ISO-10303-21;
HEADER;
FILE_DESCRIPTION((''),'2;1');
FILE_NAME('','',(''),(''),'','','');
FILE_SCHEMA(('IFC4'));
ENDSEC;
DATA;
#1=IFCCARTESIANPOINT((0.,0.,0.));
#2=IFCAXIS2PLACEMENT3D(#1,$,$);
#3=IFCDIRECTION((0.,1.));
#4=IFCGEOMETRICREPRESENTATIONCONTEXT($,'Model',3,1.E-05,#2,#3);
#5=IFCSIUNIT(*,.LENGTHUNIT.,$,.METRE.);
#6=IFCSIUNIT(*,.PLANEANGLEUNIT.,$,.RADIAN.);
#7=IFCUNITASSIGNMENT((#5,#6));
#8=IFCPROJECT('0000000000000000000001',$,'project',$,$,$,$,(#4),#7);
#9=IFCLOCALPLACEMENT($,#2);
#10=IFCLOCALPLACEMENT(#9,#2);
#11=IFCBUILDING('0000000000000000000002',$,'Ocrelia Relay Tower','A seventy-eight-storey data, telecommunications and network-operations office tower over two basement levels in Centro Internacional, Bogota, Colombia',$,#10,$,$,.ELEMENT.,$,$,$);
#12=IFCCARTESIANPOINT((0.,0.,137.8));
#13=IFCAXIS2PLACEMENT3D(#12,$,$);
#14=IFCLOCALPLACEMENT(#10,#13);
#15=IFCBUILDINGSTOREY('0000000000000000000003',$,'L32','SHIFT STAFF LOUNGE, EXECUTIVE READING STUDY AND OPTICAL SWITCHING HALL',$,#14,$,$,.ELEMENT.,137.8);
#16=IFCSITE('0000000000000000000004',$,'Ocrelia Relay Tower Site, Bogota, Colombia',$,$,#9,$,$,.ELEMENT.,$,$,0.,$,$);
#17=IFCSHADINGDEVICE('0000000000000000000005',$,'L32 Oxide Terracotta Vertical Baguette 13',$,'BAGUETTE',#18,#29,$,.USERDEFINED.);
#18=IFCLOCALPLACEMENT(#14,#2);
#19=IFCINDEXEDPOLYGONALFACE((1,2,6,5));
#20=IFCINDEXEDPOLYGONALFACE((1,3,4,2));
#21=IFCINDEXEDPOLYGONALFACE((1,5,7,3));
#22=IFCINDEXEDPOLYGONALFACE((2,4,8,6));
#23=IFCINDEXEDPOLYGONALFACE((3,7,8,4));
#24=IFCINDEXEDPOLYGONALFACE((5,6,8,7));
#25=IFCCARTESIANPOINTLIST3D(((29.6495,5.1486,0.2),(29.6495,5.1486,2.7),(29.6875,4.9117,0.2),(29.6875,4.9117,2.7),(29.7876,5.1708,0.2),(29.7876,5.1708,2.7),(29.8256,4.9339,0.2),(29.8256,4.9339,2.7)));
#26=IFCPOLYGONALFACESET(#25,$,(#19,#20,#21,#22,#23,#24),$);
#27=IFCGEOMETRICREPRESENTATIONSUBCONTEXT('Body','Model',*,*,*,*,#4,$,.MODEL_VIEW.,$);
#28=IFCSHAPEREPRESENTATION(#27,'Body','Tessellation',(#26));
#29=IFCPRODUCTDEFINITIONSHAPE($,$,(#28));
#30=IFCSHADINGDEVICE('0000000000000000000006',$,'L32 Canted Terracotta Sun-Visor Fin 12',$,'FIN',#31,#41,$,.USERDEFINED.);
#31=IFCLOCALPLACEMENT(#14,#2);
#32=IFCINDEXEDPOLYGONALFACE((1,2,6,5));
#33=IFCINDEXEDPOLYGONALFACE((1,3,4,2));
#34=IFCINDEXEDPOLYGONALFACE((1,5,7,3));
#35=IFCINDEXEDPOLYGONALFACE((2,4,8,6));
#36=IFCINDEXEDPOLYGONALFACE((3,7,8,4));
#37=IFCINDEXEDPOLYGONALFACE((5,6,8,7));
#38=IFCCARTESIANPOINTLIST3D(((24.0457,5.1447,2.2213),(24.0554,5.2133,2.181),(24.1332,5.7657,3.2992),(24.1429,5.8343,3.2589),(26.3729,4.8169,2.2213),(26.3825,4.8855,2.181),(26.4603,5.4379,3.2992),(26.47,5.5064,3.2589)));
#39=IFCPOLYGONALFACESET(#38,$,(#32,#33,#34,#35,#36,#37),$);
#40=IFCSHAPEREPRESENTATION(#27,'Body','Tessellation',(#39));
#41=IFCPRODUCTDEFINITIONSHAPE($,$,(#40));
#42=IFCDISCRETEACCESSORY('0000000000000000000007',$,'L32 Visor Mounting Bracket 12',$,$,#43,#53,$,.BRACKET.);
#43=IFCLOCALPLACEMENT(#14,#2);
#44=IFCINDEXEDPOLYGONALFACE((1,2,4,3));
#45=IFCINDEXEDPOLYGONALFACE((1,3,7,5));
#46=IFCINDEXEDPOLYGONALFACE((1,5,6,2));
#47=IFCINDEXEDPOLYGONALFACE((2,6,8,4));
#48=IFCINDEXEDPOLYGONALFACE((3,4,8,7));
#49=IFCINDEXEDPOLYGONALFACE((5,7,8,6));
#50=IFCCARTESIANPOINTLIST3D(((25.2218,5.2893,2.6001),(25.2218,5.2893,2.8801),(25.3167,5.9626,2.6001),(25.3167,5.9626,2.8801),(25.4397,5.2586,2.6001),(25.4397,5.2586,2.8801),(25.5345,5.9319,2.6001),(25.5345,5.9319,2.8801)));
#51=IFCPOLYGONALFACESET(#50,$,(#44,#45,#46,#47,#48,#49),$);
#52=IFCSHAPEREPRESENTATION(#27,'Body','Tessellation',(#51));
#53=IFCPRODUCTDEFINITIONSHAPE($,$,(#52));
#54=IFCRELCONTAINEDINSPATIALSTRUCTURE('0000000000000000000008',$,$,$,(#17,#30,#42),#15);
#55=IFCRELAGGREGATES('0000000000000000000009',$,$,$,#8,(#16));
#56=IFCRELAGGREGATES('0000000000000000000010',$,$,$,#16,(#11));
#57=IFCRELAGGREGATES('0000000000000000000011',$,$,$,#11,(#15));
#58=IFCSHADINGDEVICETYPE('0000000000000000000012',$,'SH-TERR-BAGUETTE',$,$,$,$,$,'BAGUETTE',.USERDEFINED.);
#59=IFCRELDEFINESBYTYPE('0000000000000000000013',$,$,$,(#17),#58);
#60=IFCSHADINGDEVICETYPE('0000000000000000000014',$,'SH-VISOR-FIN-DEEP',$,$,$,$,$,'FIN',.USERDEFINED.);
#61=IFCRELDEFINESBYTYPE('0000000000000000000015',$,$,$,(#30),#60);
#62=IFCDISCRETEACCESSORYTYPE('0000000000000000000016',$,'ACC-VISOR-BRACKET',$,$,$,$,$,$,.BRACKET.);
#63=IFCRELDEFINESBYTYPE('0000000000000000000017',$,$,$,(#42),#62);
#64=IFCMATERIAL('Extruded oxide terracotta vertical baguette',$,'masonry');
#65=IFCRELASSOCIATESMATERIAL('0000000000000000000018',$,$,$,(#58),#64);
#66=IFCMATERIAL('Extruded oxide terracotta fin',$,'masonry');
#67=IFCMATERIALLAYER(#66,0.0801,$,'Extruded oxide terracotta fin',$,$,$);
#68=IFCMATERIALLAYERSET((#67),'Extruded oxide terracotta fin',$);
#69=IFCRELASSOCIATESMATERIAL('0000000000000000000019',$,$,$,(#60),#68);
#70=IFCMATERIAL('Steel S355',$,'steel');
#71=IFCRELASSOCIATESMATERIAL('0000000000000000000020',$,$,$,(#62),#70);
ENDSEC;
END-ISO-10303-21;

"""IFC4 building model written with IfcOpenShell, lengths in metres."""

from ifc_helpers import new_model, si_unit, direction, frame, origin, origin_2d, place, context, subcontext, project, spatial, rectangle, extrude, material, layer, layer_set, type_object, element, save


model = new_model("IFC4")

# Units and contexts
model_context = context("Model", 3, precision=1e-05, world=origin(), true_north=direction((0.0, 1.0)))
body_context = subcontext(model_context, "Body", "Model", "MODEL_VIEW")
ifc_project = project(units=[si_unit("LENGTHUNIT", "METRE"), si_unit("PLANEANGLEUNIT", "RADIAN")], contexts=[model_context])

# Site, building, storey
site_placement = place(None, origin())
site = spatial("IfcSite", under=ifc_project, at=site_placement, Name="Ocrelia Relay Tower Site, Bogota, Colombia", CompositionType="ELEMENT", RefElevation=0.0)
building_placement = place(site_placement, origin())
building = spatial("IfcBuilding", under=site, at=building_placement, Name="Ocrelia Relay Tower", Description="A seventy-eight-storey data, telecommunications and network-operations office tower over two basement levels in Centro Internacional, Bogota, Colombia", CompositionType="ELEMENT")
storey_placement = place(building_placement, frame((0.0, 0.0, 137.8)))
storey = spatial("IfcBuildingStorey", under=building, at=storey_placement, Name="L32", Description="SHIFT STAFF LOUNGE, EXECUTIVE READING STUDY AND OPTICAL SWITCHING HALL", CompositionType="ELEMENT", Elevation=137.8)

# Shared definitions
ifc_material_1 = material(Name="Steel S355", Category="steel")

# Shading devices
ifc_material_2 = material(Name="Extruded oxide terracotta vertical baguette", Category="masonry")
shading_device_type_1 = type_object("IfcShadingDeviceType", Name="SH-TERR-BAGUETTE", ElementType="BAGUETTE", PredefinedType="USERDEFINED", material=ifc_material_2)
shading_device_1_placement = place(storey_placement, frame((29.7375, 5.0413, 0.2), z_axis=(0.0, 0.0, 1.0), x_axis=(0.987334, 0.158654, 0.0)))
element("IfcShadingDevice", 1, at=shading_device_1_placement, inside=storey, type_object=shading_device_type_1, Name="L32 Oxide Terracotta Vertical Baguette 13", ObjectType="BAGUETTE", PredefinedType="USERDEFINED", context=body_context, shape_type="SweptSolid", body=[
    extrude(rectangle(XDim=0.1399, YDim=0.24, at=origin_2d()), origin(), (0.0, 0.0, 1.0), 2.5),
])
ifc_material_3 = material(Name="Extruded oxide terracotta fin", Category="masonry")
ifc_layer_1 = layer(ifc_material_3, 0.0801, Name="Extruded oxide terracotta fin")
ifc_layer_set_1 = layer_set([ifc_layer_1], Name="Extruded oxide terracotta fin")
shading_device_type_2 = type_object("IfcShadingDeviceType", Name="SH-VISOR-FIN-DEEP", ElementType="FIN", PredefinedType="USERDEFINED", material=ifc_layer_set_1)
shading_device_2_placement = place(storey_placement, frame((25.2627, 5.3599, 2.72), z_axis=(-0.120571, -0.855912, 0.502869), x_axis=(0.990223, -0.139491, 0.0)))
element("IfcShadingDevice", 2, at=shading_device_2_placement, inside=storey, type_object=shading_device_type_2, Name="L32 Canted Terracotta Sun-Visor Fin 12", ObjectType="FIN", PredefinedType="USERDEFINED", context=body_context, shape_type="SweptSolid", body=[
    extrude(rectangle(XDim=2.3501, YDim=1.2471, at=origin_2d()), origin(), (0.0, 0.0, 1.0), 0.0801),
])

# Discrete accessory
discrete_accessory_type = type_object("IfcDiscreteAccessoryType", Name="ACC-VISOR-BRACKET", PredefinedType="BRACKET", material=ifc_material_1)
discrete_accessory_placement = place(storey_placement, frame((25.3782, 5.6106, 2.6001), z_axis=(0.0, 0.0, 1.0), x_axis=(0.990223, -0.139491, 0.0)))
element("IfcDiscreteAccessory", 3, at=discrete_accessory_placement, inside=storey, type_object=discrete_accessory_type, Name="L32 Visor Mounting Bracket 12", PredefinedType="BRACKET", context=body_context, shape_type="SweptSolid", body=[
    extrude(rectangle(XDim=0.22, YDim=0.6799, at=origin_2d()), origin(), (0.0, 0.0, 1.0), 0.28),
])

save(model, "model.ifc")
